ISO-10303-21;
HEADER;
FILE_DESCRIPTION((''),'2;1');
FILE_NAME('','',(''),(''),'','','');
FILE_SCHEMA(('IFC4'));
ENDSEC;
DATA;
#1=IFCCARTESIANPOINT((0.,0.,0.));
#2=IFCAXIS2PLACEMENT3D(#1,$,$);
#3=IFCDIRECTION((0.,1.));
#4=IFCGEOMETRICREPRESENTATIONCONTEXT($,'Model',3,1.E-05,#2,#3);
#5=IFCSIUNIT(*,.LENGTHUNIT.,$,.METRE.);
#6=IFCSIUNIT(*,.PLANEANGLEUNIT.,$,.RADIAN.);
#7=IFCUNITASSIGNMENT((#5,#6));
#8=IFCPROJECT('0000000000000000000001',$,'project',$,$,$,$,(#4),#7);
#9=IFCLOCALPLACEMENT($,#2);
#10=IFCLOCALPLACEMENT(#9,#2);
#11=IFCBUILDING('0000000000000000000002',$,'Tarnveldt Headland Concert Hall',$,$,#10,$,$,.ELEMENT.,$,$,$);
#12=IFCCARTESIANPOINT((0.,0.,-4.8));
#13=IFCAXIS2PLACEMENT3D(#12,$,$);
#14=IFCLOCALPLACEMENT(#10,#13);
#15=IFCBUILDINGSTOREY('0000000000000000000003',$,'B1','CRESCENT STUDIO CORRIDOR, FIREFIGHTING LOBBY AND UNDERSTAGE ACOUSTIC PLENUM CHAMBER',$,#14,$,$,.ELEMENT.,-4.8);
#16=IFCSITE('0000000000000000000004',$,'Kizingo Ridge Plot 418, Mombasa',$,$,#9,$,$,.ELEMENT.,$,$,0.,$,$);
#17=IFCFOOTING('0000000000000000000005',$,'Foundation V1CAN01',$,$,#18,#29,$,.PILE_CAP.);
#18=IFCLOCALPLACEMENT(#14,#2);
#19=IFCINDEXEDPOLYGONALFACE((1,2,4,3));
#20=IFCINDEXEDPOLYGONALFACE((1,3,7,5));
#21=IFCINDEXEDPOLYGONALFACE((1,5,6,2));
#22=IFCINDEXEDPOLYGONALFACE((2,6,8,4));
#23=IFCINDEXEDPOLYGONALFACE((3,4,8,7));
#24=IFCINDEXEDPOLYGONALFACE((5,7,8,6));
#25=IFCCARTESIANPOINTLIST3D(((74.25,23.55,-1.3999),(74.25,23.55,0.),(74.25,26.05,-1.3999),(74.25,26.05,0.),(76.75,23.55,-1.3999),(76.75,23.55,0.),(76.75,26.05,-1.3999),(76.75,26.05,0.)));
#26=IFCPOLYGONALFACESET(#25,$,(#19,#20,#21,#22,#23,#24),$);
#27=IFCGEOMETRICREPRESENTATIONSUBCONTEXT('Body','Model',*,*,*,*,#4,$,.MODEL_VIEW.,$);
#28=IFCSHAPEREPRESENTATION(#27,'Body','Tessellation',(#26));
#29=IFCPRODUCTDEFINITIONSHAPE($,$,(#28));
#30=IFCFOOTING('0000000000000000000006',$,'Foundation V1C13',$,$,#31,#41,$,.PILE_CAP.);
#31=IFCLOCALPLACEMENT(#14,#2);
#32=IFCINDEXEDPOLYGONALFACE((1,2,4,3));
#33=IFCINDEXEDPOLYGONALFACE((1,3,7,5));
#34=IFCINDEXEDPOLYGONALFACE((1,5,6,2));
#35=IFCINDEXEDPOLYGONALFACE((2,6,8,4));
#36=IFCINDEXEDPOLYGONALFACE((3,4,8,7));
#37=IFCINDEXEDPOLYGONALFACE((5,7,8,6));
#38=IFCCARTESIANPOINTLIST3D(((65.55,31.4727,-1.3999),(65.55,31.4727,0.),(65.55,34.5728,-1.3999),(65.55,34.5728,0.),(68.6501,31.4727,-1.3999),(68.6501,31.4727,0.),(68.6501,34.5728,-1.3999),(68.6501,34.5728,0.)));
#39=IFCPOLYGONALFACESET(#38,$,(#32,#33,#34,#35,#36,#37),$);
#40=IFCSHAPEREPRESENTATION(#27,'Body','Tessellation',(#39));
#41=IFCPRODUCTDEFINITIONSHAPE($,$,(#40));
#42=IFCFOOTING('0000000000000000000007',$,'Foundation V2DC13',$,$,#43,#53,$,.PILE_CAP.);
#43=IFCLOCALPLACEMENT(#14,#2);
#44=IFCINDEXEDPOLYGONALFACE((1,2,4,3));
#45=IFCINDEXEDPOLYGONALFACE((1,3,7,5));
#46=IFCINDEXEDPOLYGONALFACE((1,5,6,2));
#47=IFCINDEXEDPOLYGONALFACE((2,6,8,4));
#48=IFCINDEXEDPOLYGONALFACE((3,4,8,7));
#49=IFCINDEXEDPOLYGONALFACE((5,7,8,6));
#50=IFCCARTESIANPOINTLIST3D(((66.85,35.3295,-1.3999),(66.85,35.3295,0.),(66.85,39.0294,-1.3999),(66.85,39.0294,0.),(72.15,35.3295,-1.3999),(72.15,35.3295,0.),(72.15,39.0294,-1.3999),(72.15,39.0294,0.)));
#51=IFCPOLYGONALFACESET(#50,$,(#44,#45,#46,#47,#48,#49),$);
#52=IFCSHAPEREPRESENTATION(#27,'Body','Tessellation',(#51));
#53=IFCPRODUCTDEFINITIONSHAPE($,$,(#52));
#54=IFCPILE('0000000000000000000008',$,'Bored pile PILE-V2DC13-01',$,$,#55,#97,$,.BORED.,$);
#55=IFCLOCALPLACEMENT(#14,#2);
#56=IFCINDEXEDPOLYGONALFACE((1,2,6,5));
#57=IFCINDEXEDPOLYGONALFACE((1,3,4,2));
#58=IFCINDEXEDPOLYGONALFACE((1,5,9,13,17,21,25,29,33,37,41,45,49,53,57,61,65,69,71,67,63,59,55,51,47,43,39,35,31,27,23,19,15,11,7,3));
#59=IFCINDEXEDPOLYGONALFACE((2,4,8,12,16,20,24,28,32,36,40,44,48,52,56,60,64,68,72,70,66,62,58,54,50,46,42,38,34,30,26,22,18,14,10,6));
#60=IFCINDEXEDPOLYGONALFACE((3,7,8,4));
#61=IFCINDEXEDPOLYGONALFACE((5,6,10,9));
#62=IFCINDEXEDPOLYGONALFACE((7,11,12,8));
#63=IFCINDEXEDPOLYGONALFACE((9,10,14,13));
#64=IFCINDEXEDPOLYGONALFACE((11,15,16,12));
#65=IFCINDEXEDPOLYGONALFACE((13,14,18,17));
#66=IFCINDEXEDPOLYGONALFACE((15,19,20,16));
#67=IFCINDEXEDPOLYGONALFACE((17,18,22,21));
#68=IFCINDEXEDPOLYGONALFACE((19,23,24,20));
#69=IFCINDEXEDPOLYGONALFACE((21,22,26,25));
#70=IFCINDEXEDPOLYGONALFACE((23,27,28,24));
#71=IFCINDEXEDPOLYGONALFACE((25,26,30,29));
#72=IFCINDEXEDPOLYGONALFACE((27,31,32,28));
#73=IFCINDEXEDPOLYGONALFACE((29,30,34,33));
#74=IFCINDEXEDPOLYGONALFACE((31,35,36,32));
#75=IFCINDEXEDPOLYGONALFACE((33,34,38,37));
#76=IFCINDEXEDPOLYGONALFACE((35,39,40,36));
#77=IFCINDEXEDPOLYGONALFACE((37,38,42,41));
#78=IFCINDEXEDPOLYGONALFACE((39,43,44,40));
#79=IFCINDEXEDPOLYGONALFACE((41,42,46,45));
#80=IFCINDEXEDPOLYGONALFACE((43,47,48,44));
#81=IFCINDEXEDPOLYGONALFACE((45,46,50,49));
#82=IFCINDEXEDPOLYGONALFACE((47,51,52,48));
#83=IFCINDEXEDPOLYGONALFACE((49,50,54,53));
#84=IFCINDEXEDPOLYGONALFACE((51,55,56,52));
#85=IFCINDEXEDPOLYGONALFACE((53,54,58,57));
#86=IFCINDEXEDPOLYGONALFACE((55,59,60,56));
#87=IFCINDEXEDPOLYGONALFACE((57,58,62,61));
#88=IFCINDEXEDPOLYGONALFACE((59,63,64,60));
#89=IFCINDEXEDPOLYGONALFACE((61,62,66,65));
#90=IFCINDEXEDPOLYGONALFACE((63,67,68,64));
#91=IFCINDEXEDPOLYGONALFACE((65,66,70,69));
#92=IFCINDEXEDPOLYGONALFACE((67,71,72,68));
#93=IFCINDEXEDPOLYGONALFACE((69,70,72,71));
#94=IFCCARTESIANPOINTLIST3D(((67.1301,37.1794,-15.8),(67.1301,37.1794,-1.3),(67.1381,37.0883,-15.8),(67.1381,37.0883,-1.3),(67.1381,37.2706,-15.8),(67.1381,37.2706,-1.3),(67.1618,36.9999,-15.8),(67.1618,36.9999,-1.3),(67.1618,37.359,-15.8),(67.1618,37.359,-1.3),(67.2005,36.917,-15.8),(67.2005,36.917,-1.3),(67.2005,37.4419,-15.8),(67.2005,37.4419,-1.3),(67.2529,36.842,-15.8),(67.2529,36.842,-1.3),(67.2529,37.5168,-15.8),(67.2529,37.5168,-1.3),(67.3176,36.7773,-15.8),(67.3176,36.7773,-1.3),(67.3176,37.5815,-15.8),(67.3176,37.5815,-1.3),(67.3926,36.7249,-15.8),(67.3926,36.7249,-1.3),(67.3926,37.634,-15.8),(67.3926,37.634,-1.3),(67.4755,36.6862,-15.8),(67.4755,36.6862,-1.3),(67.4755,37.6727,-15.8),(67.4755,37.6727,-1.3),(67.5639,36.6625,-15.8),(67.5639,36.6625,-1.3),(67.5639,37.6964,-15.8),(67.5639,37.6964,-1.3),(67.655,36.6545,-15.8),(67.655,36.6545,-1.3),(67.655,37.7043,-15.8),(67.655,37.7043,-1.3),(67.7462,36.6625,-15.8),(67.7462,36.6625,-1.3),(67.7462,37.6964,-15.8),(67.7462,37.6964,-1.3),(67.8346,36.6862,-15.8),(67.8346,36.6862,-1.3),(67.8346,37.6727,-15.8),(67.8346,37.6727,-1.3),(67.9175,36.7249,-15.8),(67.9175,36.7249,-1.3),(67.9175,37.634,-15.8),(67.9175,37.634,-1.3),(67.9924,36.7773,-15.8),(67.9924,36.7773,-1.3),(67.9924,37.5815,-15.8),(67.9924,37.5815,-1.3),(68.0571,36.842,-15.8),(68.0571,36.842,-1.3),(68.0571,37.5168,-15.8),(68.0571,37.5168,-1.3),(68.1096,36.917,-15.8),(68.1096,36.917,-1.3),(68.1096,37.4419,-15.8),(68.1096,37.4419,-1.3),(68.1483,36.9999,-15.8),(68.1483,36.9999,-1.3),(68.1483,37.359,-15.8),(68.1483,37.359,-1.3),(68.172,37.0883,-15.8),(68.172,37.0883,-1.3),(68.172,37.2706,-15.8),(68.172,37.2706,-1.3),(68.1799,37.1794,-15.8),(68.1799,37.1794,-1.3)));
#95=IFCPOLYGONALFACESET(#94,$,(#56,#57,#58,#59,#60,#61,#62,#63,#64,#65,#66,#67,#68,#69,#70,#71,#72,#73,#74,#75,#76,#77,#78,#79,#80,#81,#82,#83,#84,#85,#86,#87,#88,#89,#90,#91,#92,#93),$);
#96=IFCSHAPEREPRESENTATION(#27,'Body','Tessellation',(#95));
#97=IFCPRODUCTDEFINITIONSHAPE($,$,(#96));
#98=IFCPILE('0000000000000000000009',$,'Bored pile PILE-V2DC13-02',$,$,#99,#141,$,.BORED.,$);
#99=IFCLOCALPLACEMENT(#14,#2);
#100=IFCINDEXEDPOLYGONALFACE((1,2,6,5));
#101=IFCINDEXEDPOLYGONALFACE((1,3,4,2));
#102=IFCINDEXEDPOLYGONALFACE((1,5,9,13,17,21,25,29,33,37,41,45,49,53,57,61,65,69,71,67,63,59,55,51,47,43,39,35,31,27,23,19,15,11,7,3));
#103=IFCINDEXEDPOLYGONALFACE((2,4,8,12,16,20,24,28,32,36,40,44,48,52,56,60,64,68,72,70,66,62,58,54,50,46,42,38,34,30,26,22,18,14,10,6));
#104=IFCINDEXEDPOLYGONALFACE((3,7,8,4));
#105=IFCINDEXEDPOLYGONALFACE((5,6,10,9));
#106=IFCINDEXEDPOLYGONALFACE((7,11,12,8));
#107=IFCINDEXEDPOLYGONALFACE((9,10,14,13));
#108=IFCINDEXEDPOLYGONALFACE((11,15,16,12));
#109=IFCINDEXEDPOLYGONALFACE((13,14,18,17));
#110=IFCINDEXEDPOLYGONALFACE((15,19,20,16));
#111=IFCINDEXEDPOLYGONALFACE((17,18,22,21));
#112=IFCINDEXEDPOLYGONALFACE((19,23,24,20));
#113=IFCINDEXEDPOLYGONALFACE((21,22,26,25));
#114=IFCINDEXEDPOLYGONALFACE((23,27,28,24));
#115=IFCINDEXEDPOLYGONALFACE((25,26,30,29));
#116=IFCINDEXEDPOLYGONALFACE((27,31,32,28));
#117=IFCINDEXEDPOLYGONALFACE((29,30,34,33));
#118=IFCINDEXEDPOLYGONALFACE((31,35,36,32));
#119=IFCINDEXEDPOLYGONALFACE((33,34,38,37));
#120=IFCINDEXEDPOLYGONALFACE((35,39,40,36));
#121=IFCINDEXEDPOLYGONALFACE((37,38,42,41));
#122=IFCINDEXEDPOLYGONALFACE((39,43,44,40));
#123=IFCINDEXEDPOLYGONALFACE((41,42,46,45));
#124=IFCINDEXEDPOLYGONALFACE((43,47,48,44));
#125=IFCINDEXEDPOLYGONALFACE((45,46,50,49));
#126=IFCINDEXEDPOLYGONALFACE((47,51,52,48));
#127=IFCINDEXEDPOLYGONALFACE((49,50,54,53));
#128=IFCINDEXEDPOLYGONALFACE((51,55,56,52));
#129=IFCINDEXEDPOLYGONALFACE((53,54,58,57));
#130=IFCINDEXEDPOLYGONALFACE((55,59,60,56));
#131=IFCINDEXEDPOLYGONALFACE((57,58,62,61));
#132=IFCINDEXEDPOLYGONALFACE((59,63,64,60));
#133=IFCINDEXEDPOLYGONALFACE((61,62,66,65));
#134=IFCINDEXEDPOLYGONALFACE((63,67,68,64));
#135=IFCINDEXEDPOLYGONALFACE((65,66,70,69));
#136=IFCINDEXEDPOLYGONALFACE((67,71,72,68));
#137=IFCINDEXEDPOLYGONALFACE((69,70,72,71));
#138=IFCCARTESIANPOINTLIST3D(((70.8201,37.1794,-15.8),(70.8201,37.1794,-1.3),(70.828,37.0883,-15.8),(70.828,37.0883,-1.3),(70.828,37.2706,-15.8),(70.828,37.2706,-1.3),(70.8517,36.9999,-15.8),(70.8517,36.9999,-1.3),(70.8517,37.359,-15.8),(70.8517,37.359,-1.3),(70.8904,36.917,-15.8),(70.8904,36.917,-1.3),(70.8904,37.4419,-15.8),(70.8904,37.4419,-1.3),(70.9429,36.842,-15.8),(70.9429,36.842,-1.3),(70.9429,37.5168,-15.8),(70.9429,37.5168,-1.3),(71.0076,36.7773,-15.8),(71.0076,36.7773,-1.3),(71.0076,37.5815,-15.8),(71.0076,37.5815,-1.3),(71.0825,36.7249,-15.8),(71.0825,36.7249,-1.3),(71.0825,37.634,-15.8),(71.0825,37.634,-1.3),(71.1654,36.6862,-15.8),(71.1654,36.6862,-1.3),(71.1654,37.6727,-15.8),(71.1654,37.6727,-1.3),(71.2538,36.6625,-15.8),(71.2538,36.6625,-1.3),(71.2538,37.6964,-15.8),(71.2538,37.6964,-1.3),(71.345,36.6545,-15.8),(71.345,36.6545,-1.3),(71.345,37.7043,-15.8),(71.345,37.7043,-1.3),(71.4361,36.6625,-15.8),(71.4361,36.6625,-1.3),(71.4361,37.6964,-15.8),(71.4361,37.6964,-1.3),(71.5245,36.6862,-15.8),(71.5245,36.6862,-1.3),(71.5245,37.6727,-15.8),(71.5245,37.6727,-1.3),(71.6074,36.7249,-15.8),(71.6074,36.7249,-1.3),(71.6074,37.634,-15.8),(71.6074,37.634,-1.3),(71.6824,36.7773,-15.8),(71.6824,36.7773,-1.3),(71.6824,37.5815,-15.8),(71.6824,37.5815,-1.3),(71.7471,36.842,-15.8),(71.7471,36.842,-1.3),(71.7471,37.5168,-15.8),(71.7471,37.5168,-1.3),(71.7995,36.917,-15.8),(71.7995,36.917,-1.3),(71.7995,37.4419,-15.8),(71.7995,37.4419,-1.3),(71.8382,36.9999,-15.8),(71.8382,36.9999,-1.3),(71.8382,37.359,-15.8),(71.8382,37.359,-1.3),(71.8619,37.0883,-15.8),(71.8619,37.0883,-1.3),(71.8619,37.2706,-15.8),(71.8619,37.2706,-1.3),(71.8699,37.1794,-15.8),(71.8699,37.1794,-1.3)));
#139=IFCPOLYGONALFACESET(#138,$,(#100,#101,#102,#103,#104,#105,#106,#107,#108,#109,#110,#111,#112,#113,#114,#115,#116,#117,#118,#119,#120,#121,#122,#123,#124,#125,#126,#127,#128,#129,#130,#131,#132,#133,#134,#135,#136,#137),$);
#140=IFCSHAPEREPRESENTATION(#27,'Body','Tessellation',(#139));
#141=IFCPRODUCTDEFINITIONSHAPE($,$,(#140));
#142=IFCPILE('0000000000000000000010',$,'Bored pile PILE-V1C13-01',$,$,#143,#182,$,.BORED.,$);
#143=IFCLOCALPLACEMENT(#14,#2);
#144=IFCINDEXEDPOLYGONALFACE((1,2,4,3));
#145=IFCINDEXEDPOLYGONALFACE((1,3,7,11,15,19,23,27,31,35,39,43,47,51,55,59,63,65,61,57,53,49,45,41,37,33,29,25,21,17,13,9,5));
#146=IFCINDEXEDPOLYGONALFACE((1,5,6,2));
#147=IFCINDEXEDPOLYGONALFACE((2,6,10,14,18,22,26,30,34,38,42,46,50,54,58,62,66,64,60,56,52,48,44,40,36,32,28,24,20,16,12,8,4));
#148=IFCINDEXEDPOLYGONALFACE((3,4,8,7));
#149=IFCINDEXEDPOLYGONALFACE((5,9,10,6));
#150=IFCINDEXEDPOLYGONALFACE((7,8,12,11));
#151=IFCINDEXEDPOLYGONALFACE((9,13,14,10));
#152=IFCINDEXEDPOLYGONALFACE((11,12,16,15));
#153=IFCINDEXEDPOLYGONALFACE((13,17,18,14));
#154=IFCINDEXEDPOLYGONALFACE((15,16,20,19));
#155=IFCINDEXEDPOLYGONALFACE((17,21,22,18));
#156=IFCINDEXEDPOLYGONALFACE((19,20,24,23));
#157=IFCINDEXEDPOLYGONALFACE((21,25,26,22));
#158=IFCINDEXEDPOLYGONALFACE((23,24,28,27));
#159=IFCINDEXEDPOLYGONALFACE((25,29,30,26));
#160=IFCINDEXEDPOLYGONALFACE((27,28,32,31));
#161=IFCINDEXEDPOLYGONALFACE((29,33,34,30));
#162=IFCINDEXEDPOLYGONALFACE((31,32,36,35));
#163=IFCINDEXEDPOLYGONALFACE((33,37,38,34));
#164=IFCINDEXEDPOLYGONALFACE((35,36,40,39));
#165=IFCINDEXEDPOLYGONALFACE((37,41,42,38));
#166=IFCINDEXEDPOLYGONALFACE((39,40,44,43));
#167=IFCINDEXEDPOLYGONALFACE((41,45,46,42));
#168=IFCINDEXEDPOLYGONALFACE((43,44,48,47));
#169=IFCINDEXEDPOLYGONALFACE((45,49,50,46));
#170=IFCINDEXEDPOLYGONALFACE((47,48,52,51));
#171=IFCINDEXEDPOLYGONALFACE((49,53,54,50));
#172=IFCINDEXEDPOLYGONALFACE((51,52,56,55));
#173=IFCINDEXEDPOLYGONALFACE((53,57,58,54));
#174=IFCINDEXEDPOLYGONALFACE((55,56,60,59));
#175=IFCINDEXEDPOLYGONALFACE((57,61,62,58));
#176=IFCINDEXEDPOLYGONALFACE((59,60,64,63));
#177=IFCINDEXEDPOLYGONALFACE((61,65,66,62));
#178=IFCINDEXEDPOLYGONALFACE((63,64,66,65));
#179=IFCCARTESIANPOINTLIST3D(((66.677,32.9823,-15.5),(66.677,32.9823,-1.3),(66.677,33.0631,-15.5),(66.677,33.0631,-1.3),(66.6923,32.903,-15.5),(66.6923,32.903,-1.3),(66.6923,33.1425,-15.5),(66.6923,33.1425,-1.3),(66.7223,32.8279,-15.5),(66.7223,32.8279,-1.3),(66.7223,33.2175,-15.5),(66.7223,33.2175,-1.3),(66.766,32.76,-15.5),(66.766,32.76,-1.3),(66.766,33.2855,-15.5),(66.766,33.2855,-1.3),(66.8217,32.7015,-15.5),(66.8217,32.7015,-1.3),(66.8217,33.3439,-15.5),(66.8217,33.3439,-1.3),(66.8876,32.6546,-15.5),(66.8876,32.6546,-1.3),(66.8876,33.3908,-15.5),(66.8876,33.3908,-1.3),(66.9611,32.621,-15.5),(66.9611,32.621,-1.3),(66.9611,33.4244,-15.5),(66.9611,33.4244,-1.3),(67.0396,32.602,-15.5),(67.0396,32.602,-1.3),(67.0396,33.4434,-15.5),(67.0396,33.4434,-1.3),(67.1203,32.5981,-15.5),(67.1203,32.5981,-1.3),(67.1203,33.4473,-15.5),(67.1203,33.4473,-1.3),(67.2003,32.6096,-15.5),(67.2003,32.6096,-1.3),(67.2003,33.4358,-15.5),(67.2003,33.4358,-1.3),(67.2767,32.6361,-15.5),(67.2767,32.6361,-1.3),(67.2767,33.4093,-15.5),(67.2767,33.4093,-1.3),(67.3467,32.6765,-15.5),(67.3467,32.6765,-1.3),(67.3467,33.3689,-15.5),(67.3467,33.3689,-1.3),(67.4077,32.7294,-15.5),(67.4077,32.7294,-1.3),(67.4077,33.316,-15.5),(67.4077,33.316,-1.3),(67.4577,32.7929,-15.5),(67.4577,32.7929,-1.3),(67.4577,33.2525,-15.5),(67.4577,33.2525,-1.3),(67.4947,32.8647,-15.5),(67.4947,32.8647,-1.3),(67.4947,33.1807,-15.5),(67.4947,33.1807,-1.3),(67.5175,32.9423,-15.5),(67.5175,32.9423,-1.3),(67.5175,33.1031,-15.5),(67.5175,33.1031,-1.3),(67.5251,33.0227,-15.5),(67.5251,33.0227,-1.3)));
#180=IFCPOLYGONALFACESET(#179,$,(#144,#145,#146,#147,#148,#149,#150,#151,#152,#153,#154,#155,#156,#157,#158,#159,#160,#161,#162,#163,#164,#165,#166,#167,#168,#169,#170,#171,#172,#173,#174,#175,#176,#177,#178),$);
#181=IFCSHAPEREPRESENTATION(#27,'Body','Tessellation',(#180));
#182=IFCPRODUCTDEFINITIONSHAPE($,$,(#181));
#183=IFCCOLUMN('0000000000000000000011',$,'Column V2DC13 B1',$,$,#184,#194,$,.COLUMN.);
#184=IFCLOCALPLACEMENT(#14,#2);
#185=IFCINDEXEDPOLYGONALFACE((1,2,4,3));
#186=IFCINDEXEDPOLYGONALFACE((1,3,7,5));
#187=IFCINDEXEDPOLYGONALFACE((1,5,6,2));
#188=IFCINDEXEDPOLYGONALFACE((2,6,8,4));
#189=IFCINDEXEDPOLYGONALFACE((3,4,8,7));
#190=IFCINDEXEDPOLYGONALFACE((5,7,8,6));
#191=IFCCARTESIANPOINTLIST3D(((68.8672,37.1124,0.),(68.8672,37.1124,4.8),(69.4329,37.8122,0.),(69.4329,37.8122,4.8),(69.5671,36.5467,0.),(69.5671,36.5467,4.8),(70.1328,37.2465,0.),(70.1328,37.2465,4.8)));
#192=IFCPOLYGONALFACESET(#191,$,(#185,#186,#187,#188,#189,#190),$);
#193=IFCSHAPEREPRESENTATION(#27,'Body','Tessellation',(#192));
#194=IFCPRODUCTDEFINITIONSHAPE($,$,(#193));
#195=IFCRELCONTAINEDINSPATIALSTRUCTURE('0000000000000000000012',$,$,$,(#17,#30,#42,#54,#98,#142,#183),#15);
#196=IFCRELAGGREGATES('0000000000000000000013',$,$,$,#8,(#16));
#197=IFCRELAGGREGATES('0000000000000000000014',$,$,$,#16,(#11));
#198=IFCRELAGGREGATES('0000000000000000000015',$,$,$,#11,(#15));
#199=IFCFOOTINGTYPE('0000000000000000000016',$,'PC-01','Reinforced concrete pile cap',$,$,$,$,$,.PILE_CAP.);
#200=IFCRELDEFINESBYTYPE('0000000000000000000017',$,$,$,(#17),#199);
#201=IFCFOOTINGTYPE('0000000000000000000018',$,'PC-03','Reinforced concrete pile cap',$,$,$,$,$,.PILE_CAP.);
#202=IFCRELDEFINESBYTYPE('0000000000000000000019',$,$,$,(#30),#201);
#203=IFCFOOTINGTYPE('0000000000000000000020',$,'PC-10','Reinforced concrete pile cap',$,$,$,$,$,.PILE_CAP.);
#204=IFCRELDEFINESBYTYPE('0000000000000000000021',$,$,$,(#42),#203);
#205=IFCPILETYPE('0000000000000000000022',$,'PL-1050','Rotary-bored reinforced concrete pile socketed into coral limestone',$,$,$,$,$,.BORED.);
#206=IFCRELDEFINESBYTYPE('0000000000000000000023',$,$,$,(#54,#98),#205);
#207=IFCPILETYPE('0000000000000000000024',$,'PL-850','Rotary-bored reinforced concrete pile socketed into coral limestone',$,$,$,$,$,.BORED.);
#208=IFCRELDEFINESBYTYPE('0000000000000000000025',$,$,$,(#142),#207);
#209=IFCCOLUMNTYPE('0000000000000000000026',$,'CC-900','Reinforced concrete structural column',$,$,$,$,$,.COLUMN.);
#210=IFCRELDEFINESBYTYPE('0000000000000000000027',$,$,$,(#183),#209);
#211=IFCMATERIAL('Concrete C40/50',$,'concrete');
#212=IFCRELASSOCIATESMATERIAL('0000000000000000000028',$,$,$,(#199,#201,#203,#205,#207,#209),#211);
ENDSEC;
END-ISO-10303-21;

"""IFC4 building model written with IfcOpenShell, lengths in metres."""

from ifc_helpers import new_model, si_unit, direction, frame, origin, origin_2d, place, context, subcontext, project, spatial, rectangle, circle, extrude, material, material_profile, profile_set, type_object, element, save


model = new_model("IFC4")

# Units and contexts
model_context = context("Model", 3, precision=1e-05, world=origin(), true_north=direction((0.0, 1.0)))
body_context = subcontext(model_context, "Body", "Model", "MODEL_VIEW")
ifc_project = project(units=[si_unit("LENGTHUNIT", "METRE"), si_unit("PLANEANGLEUNIT", "RADIAN")], contexts=[model_context])

# Site, building, storey
site_placement = place(None, origin())
site = spatial("IfcSite", under=ifc_project, at=site_placement, Name="Kizingo Ridge Plot 418, Mombasa", CompositionType="ELEMENT", RefElevation=0.0)
building_placement = place(site_placement, origin())
building = spatial("IfcBuilding", under=site, at=building_placement, Name="Tarnveldt Headland Concert Hall", CompositionType="ELEMENT")
storey_placement = place(building_placement, frame((0.0, 0.0, -4.8)))
storey = spatial("IfcBuildingStorey", under=building, at=storey_placement, Name="B1", Description="CRESCENT STUDIO CORRIDOR, FIREFIGHTING LOBBY AND UNDERSTAGE ACOUSTIC PLENUM CHAMBER", CompositionType="ELEMENT", Elevation=-4.8)

# Footings
ifc_material_1 = material(Name="Concrete C40/50", Category="concrete")
footing_type_1 = type_object("IfcFootingType", Name="PC-01", Description="Reinforced concrete pile cap", PredefinedType="PILE_CAP", material=ifc_material_1)
footing_1_placement = place(storey_placement, frame((75.5, 24.8, -1.3999), z_axis=(0.0, 0.0, 1.0), x_axis=(1.0, 0.0, 0.0)))
element("IfcFooting", 1, at=footing_1_placement, inside=storey, type_object=footing_type_1, Name="Foundation V1CAN01", PredefinedType="PILE_CAP", context=body_context, shape_type="SweptSolid", body=[
    extrude(rectangle(XDim=2.5, YDim=2.5, at=origin_2d()), origin(), (0.0, 0.0, 1.0), 1.3999),
])
footing_type_2 = type_object("IfcFootingType", Name="PC-03", Description="Reinforced concrete pile cap", PredefinedType="PILE_CAP", material=ifc_material_1)
footing_2_placement = place(storey_placement, frame((67.1001, 33.0227, -1.3999), z_axis=(0.0, 0.0, 1.0), x_axis=(1.0, 0.0, 0.0)))
element("IfcFooting", 2, at=footing_2_placement, inside=storey, type_object=footing_type_2, Name="Foundation V1C13", PredefinedType="PILE_CAP", context=body_context, shape_type="SweptSolid", body=[
    extrude(rectangle(XDim=3.1001, YDim=3.1001, at=origin_2d()), origin(), (0.0, 0.0, 1.0), 1.3999),
])
footing_type_3 = type_object("IfcFootingType", Name="PC-10", Description="Reinforced concrete pile cap", PredefinedType="PILE_CAP", material=ifc_material_1)
footing_3_placement = place(storey_placement, frame((69.5, 37.1794, -1.3999), z_axis=(0.0, 0.0, 1.0), x_axis=(1.0, 0.0, 0.0)))
element("IfcFooting", 3, at=footing_3_placement, inside=storey, type_object=footing_type_3, Name="Foundation V2DC13", PredefinedType="PILE_CAP", context=body_context, shape_type="SweptSolid", body=[
    extrude(rectangle(XDim=5.3, YDim=3.7, at=origin_2d()), origin(), (0.0, 0.0, 1.0), 1.3999),
])

# Piles
ifc_material_profile_1 = material_profile(ifc_material_1, circle(Radius=0.5249, at=origin_2d()), Name="BORED PILE D1050", Category="concrete")
ifc_profile_set_1 = profile_set([ifc_material_profile_1], Name="Concrete C40/50")
pile_type_1 = type_object("IfcPileType", Name="PL-1050", Description="Rotary-bored reinforced concrete pile socketed into coral limestone", PredefinedType="BORED", material=ifc_profile_set_1)
for number, where, z_axis, x_axis, name in (
    (4, (67.655, 37.1794, -1.3), (0.0, 0.0, -1.0), (1.0, 0.0, 0.0), "Bored pile PILE-V2DC13-01"),
    (5, (71.345, 37.1794, -1.3), (0.0, 0.0, -1.0), (1.0, 0.0, 0.0), "Bored pile PILE-V2DC13-02"),
):
    element("IfcPile", number, at=place(storey_placement, frame(where, z_axis=z_axis, x_axis=x_axis)), inside=storey, type_object=pile_type_1, Name=name, PredefinedType="BORED", context=body_context, shape_type="SweptSolid", body=[
        extrude(circle(Radius=0.5249, at=origin_2d()), origin(), (0.0, 0.0, 1.0), 14.5),
    ])
ifc_material_profile_2 = material_profile(ifc_material_1, circle(Radius=0.425, at=origin_2d()), Name="BORED PILE D850", Category="concrete")
ifc_profile_set_2 = profile_set([ifc_material_profile_2], Name="Concrete C40/50")
pile_type_2 = type_object("IfcPileType", Name="PL-850", Description="Rotary-bored reinforced concrete pile socketed into coral limestone", PredefinedType="BORED", material=ifc_profile_set_2)
pile_placement = place(storey_placement, frame((67.1001, 33.0227, -1.3), z_axis=(0.0, 0.0, -1.0), x_axis=(1.0, 0.0, 0.0)))
element("IfcPile", 6, at=pile_placement, inside=storey, type_object=pile_type_2, Name="Bored pile PILE-V1C13-01", PredefinedType="BORED", context=body_context, shape_type="SweptSolid", body=[
    extrude(circle(Radius=0.425, at=origin_2d()), origin(), (0.0, 0.0, 1.0), 14.2),
])

# Column
ifc_material_profile_3 = material_profile(ifc_material_1, rectangle(XDim=0.8999, YDim=0.8999, at=origin_2d()), Name="RC 900x900", Category="concrete")
ifc_profile_set_3 = profile_set([ifc_material_profile_3], Name="Concrete C40/50")
column_type_1 = type_object("IfcColumnType", Name="CC-900", Description="Reinforced concrete structural column", PredefinedType="COLUMN", material=ifc_profile_set_3)
column_1_placement = place(storey_placement, frame((69.5, 37.1794, 0.0), z_axis=(0.0, 0.0, 1.0), x_axis=(-0.628642, -0.777695, 0.0)))
element("IfcColumn", 7, at=column_1_placement, inside=storey, type_object=column_type_1, Name="Column V2DC13 B1", PredefinedType="COLUMN", context=body_context, shape_type="SweptSolid", body=[
    extrude(rectangle(XDim=0.8999, YDim=0.8999, at=origin_2d()), origin(), (0.0, 0.0, 1.0), 4.8),
])

save(model, "model.ifc")
